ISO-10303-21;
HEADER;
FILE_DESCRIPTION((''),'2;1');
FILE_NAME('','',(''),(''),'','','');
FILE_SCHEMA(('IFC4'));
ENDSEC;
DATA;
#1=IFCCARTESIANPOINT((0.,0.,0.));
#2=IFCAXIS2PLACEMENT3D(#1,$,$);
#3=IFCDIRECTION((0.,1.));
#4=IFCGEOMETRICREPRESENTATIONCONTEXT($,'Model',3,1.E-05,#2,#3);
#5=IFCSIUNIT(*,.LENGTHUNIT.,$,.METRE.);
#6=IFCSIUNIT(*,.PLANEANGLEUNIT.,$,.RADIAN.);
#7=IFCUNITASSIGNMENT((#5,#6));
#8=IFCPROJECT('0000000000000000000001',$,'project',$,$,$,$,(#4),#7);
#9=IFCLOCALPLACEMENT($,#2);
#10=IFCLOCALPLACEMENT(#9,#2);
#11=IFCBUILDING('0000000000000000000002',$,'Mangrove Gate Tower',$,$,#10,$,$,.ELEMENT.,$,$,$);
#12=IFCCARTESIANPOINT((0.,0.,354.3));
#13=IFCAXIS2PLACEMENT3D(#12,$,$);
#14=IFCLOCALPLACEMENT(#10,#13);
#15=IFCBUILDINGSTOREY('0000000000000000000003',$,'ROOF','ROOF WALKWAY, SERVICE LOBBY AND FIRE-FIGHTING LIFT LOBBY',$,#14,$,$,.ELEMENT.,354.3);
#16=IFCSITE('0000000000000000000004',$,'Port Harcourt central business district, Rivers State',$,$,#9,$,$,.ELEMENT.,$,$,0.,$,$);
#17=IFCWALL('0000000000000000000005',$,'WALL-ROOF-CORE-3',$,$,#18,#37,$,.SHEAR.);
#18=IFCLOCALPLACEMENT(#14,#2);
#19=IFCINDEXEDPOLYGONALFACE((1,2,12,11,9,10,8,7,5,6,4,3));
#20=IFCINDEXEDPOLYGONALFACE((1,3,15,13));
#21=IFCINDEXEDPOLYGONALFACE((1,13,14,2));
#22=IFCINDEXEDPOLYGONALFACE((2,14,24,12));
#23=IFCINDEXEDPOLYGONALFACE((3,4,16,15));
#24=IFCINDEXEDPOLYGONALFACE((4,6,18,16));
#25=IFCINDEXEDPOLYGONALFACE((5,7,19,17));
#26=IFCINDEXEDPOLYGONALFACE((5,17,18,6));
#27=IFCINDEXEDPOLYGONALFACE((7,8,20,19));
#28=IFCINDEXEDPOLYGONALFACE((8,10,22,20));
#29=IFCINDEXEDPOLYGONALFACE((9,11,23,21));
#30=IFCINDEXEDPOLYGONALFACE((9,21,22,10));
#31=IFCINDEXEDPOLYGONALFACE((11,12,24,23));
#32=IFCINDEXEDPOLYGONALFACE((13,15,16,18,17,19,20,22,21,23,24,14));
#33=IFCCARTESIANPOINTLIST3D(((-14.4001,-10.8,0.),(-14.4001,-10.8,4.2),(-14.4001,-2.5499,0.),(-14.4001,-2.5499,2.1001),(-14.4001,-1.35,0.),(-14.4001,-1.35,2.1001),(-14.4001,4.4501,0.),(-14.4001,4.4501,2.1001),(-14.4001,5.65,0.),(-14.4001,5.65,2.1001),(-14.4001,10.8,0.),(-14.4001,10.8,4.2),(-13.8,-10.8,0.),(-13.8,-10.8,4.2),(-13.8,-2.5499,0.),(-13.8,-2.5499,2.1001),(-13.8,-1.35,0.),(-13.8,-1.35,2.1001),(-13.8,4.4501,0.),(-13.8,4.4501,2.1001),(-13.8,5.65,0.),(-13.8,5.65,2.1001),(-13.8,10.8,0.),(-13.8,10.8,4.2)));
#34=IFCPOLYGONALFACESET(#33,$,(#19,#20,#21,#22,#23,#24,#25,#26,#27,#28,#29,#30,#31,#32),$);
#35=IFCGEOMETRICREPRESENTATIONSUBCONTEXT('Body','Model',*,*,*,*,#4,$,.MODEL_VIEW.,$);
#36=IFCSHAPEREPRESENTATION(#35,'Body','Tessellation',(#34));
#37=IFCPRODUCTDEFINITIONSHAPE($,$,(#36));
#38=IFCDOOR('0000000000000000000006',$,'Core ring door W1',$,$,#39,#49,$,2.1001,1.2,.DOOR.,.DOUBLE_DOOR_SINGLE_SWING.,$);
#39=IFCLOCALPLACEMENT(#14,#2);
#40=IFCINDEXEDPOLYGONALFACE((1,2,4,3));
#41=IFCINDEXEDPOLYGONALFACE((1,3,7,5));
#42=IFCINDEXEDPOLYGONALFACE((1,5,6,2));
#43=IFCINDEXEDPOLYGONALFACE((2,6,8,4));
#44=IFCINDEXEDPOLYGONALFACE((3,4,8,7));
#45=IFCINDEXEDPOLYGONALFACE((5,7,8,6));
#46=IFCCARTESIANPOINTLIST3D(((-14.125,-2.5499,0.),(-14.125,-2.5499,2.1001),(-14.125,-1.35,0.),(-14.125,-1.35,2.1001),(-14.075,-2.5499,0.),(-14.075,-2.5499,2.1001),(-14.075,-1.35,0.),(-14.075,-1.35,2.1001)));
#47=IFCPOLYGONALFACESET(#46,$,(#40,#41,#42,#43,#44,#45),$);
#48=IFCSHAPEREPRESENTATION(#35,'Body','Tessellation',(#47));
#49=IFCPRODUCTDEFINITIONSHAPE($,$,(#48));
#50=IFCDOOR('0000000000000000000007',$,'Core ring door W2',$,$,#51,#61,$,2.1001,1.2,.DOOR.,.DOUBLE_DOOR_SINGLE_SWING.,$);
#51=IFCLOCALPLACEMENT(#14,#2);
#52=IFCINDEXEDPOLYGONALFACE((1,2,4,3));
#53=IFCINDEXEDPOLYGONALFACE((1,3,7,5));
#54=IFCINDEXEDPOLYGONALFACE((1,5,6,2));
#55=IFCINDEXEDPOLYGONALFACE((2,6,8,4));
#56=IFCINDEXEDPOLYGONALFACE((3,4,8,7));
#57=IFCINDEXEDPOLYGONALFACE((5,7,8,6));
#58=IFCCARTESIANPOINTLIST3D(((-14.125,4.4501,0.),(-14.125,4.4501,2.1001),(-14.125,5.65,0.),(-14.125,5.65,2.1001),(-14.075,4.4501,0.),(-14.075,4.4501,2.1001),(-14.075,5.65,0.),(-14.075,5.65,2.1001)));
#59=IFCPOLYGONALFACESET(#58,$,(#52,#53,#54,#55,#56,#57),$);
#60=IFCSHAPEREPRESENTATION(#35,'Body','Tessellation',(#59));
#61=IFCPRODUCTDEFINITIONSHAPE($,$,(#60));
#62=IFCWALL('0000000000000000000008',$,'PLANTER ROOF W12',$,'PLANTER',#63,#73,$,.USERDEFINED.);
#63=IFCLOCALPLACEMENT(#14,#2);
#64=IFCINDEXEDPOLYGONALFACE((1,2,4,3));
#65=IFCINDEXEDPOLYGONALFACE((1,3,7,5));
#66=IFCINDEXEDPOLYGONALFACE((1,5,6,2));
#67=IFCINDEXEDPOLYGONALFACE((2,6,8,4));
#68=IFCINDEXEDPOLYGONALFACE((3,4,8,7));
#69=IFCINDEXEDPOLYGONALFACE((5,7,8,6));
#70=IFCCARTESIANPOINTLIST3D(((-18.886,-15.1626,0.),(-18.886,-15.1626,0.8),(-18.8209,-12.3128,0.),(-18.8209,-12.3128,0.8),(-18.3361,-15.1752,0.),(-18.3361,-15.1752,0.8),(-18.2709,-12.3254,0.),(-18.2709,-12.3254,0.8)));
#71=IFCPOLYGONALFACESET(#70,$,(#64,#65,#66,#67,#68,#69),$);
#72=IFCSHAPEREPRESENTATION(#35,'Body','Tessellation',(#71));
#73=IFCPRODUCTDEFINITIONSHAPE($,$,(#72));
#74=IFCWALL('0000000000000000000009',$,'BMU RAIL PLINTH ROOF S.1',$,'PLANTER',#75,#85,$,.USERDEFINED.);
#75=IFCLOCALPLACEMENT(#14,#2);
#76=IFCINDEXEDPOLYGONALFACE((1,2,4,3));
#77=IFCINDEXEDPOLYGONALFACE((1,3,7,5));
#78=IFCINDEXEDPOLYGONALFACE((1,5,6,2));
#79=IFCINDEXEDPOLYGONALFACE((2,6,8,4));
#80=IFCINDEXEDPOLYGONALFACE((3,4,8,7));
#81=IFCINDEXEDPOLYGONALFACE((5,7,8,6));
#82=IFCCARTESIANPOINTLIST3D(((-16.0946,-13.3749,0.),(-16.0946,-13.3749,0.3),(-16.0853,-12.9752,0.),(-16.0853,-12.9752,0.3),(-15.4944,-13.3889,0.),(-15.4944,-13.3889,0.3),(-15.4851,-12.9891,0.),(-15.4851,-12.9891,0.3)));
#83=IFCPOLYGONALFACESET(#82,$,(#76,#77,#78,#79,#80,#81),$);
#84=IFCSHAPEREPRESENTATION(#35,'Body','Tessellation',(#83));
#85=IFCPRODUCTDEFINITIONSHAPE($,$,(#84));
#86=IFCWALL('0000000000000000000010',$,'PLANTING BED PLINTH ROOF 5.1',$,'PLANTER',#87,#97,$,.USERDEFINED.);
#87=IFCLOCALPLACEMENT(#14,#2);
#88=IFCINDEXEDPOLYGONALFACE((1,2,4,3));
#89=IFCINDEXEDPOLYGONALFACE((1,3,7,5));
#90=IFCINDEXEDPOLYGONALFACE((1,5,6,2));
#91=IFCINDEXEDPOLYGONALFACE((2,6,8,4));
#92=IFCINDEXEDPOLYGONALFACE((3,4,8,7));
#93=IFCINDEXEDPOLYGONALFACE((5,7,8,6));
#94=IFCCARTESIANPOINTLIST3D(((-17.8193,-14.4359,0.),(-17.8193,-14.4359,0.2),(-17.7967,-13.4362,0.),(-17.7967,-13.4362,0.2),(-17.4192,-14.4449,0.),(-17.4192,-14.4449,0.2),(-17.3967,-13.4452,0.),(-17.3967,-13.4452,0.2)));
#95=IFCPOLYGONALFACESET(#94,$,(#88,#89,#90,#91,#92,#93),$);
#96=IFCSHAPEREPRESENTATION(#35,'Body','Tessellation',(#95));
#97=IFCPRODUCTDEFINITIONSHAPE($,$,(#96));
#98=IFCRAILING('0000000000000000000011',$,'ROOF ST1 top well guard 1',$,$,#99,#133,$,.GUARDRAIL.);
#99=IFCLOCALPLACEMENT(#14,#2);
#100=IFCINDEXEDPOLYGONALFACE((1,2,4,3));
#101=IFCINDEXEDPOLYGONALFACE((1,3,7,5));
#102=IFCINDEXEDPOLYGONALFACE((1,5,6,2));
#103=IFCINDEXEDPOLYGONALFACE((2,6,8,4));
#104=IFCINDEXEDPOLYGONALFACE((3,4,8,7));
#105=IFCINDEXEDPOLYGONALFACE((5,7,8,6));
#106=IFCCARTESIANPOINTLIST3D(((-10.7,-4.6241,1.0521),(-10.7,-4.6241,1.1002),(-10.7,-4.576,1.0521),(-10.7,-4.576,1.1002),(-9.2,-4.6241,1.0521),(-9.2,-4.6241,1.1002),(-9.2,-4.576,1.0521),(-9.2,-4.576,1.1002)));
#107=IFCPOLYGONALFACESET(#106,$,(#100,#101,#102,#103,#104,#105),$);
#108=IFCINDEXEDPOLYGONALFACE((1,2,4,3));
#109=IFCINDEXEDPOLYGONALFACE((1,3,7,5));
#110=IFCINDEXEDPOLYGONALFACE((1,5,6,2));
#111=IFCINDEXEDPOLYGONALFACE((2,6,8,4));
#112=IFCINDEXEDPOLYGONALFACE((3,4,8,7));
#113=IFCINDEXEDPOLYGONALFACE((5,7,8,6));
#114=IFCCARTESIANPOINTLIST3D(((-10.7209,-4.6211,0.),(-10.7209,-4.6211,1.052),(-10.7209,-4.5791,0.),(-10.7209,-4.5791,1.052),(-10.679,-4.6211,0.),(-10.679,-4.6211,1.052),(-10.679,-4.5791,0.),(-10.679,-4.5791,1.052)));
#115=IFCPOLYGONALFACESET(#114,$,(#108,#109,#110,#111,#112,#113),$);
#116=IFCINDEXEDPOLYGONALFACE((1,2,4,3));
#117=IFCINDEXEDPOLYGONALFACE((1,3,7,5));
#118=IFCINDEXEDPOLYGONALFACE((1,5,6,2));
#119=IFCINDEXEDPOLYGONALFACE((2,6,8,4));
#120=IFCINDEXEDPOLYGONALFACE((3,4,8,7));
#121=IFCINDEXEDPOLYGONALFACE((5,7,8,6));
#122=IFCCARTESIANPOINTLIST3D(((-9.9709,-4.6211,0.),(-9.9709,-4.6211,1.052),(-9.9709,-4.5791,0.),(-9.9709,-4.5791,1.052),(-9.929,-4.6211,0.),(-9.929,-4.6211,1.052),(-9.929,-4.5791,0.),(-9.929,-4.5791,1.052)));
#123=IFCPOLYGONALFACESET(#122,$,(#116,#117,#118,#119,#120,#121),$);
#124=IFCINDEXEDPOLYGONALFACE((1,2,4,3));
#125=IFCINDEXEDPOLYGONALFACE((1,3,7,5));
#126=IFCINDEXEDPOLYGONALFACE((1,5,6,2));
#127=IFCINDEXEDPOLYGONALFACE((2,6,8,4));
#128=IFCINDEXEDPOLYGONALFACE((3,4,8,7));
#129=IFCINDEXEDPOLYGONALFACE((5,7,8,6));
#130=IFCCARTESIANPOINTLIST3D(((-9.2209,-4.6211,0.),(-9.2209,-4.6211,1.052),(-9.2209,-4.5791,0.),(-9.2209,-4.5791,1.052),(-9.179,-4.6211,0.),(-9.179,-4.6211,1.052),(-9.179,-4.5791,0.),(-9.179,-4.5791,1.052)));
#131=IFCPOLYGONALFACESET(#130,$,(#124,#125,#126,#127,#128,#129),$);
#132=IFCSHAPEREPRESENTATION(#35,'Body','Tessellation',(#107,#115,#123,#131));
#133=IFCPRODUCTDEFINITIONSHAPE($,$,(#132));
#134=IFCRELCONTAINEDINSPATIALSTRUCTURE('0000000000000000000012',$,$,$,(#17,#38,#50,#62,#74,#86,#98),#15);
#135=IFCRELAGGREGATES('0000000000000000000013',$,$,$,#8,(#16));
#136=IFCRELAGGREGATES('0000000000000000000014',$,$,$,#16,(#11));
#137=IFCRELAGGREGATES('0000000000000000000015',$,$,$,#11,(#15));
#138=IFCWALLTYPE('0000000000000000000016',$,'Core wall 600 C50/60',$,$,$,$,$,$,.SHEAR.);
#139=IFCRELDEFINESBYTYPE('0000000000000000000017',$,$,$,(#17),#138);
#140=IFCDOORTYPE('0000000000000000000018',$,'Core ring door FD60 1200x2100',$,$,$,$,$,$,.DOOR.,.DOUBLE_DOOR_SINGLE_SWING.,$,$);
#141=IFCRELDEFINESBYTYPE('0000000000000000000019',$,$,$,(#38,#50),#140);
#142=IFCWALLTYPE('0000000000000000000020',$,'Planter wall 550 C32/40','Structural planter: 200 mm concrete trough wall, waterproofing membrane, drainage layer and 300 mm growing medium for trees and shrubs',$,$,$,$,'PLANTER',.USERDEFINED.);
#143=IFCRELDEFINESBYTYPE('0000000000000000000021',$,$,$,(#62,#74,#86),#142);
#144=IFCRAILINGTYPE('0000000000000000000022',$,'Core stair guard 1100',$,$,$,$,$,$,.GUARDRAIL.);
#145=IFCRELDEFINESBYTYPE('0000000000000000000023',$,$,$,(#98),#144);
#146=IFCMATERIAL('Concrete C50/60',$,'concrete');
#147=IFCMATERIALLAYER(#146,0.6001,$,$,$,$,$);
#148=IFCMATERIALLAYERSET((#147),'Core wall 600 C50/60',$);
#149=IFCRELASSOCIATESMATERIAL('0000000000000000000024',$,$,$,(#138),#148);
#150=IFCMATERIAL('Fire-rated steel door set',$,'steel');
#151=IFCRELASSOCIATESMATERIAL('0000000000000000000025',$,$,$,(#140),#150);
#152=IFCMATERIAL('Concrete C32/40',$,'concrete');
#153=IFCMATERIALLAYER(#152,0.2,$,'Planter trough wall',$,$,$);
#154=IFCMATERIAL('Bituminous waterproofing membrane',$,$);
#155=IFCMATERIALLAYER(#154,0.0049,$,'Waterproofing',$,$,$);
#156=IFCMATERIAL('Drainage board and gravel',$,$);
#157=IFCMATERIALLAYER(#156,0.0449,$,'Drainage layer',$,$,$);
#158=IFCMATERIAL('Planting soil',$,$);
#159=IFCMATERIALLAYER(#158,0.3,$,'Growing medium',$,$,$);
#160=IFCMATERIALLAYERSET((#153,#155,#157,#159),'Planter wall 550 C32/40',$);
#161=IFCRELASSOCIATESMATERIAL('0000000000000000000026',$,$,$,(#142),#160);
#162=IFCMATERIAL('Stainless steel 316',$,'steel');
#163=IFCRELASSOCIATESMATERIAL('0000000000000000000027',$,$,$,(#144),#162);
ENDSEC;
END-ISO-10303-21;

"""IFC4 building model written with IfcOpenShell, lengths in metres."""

from ifc_helpers import new_model, si_unit, direction, frame, frame_2d, origin, origin_2d, place, context, subcontext, project, spatial, rectangle, extrude, material, layer, layer_set, type_object, element, fill, save


model = new_model("IFC4")

# Units and contexts
model_context = context("Model", 3, precision=1e-05, world=origin(), true_north=direction((0.0, 1.0)))
body_context = subcontext(model_context, "Body", "Model", "MODEL_VIEW")
ifc_project = project(units=[si_unit("LENGTHUNIT", "METRE"), si_unit("PLANEANGLEUNIT", "RADIAN")], contexts=[model_context])

# Site, building, storey
site_placement = place(None, origin())
site = spatial("IfcSite", under=ifc_project, at=site_placement, Name="Port Harcourt central business district, Rivers State", CompositionType="ELEMENT", RefElevation=0.0)
building_placement = place(site_placement, origin())
building = spatial("IfcBuilding", under=site, at=building_placement, Name="Mangrove Gate Tower", CompositionType="ELEMENT")
storey_placement = place(building_placement, frame((0.0, 0.0, 354.3)))
storey = spatial("IfcBuildingStorey", under=building, at=storey_placement, Name="ROOF", Description="ROOF WALKWAY, SERVICE LOBBY AND FIRE-FIGHTING LIFT LOBBY", CompositionType="ELEMENT", Elevation=354.3)

# Shared definitions
ifc_material_1 = material(Name="Concrete C50/60", Category="concrete")
ifc_layer_1 = layer(ifc_material_1, 0.6001)
ifc_layer_set_1 = layer_set([ifc_layer_1], Name="Core wall 600 C50/60")
wall_type_1 = type_object("IfcWallType", Name="Core wall 600 C50/60", PredefinedType="SHEAR", material=ifc_layer_set_1)

# Wall, openings, doors
wall_1_placement = place(storey_placement, frame((-14.1001, -10.8, 0.0), z_axis=(0.0, 0.0, 1.0), x_axis=(0.0, 1.0, 0.0)))
wall_1 = element("IfcWall", 1, at=wall_1_placement, inside=storey, type_object=wall_type_1, Name="WALL-ROOF-CORE-3", PredefinedType="SHEAR", context=body_context, shape_type="SweptSolid", body=[
    extrude(rectangle(XDim=21.6001, YDim=0.6001, at=frame_2d((10.8, 0.0))), origin(), (0.0, 0.0, 1.0), 4.2),
])
opening_1_placement = place(wall_1_placement, frame((8.25, 0.0, 0.0)))
opening_1 = element("IfcOpeningElement", 2, at=opening_1_placement, cuts=wall_1, PredefinedType="OPENING", context=body_context, shape_type="SweptSolid", body=[
    extrude(rectangle(XDim=1.2, YDim=2.1001, at=frame_2d((0.6001, 1.05))), frame((0.0, 0.3101, 0.0), z_axis=(0.0, -1.0, 0.0), x_axis=(1.0, 0.0, 0.0)), (0.0, 0.0, 1.0), 0.6201),
])
opening_2_placement = place(wall_1_placement, frame((15.25, 0.0, 0.0)))
opening_2 = element("IfcOpeningElement", 3, at=opening_2_placement, cuts=wall_1, PredefinedType="OPENING", context=body_context, shape_type="SweptSolid", body=[
    extrude(rectangle(XDim=1.2, YDim=2.1001, at=frame_2d((0.6001, 1.05))), frame((0.0, 0.3101, 0.0), z_axis=(0.0, -1.0, 0.0), x_axis=(1.0, 0.0, 0.0)), (0.0, 0.0, 1.0), 0.6201),
])
ifc_material_2 = material(Name="Fire-rated steel door set", Category="steel")
door_type_1 = type_object("IfcDoorType", Name="Core ring door FD60 1200x2100", OperationType="DOUBLE_DOOR_SINGLE_SWING", PredefinedType="DOOR", material=ifc_material_2)
door_1_placement = place(opening_1_placement, origin())
door_1 = element("IfcDoor", 4, at=door_1_placement, inside=storey, type_object=door_type_1, Name="Core ring door W1", OperationType="DOUBLE_DOOR_SINGLE_SWING", OverallHeight=2.1001, OverallWidth=1.2, PredefinedType="DOOR", context=body_context, shape_type="SweptSolid", body=[
    extrude(rectangle(XDim=1.2, YDim=2.1001, at=frame_2d((0.6001, 1.05))), frame((0.0, 0.0249, 0.0), z_axis=(0.0, -1.0, 0.0), x_axis=(1.0, 0.0, 0.0)), (0.0, 0.0, 1.0), 0.05),
])
fill(opening_1, door_1)
door_2_placement = place(opening_2_placement, origin())
door_2 = element("IfcDoor", 5, at=door_2_placement, inside=storey, type_object=door_type_1, Name="Core ring door W2", OperationType="DOUBLE_DOOR_SINGLE_SWING", OverallHeight=2.1001, OverallWidth=1.2, PredefinedType="DOOR", context=body_context, shape_type="SweptSolid", body=[
    extrude(rectangle(XDim=1.2, YDim=2.1001, at=frame_2d((0.6001, 1.05))), frame((0.0, 0.0249, 0.0), z_axis=(0.0, -1.0, 0.0), x_axis=(1.0, 0.0, 0.0)), (0.0, 0.0, 1.0), 0.05),
])
fill(opening_2, door_2)

# Walls
ifc_material_3 = material(Name="Concrete C32/40", Category="concrete")
ifc_layer_2 = layer(ifc_material_3, 0.2, Name="Planter trough wall")
ifc_material_4 = material(Name="Bituminous waterproofing membrane")
ifc_layer_3 = layer(ifc_material_4, 0.0049, Name="Waterproofing")
ifc_material_5 = material(Name="Drainage board and gravel")
ifc_layer_4 = layer(ifc_material_5, 0.0449, Name="Drainage layer")
ifc_material_6 = material(Name="Planting soil")
ifc_layer_5 = layer(ifc_material_6, 0.3, Name="Growing medium")
ifc_layer_set_2 = layer_set([ifc_layer_2, ifc_layer_3, ifc_layer_4, ifc_layer_5], Name="Planter wall 550 C32/40")
wall_type_2 = type_object("IfcWallType", Name="Planter wall 550 C32/40", Description="Structural planter: 200 mm concrete trough wall, waterproofing membrane, drainage layer and 300 mm growing medium for trees and shrubs", ElementType="PLANTER", PredefinedType="USERDEFINED", material=ifc_layer_set_2)
wall_2_placement = place(storey_placement, frame((-18.5459, -12.3191, 0.0), z_axis=(0.0, 0.0, 1.0), x_axis=(-0.022867, -0.999739, 0.0)))
element("IfcWall", 6, at=wall_2_placement, inside=storey, type_object=wall_type_2, Name="PLANTER ROOF W12", ObjectType="PLANTER", PredefinedType="USERDEFINED", context=body_context, shape_type="SweptSolid", body=[
    extrude(rectangle(XDim=2.8506, YDim=0.55, at=frame_2d((1.4253, 0.0))), origin(), (0.0, 0.0, 1.0), 0.8),
])
wall_3_placement = place(storey_placement, frame((-16.0901, -13.175, 0.0), z_axis=(0.0, 0.0, 1.0), x_axis=(0.999731, -0.023183, 0.0)))
element("IfcWall", 7, at=wall_3_placement, inside=storey, type_object=wall_type_2, Name="BMU RAIL PLINTH ROOF S.1", ObjectType="PLANTER", PredefinedType="USERDEFINED", context=body_context, shape_type="SweptSolid", body=[
    extrude(rectangle(XDim=0.6003, YDim=0.3999, at=frame_2d((0.3003, 0.0))), origin(), (0.0, 0.0, 1.0), 0.3),
])
wall_4_placement = place(storey_placement, frame((-17.8081, -13.936, 0.0), z_axis=(0.0, 0.0, 1.0), x_axis=(0.999745, -0.022569, 0.0)))
element("IfcWall", 8, at=wall_4_placement, inside=storey, type_object=wall_type_2, Name="PLANTING BED PLINTH ROOF 5.1", ObjectType="PLANTER", PredefinedType="USERDEFINED", context=body_context, shape_type="SweptSolid", body=[
    extrude(rectangle(XDim=0.4001, YDim=1.0, at=frame_2d((0.2002, 0.0))), origin(), (0.0, 0.0, 1.0), 0.2),
])

# Railing
ifc_material_7 = material(Name="Stainless steel 316", Category="steel")
railing_type = type_object("IfcRailingType", Name="Core stair guard 1100", PredefinedType="GUARDRAIL", material=ifc_material_7)
railing_placement = place(storey_placement, frame((-10.7, -4.6001, 0.0)))
element("IfcRailing", 9, at=railing_placement, inside=storey, type_object=railing_type, Name="ROOF ST1 top well guard 1", PredefinedType="GUARDRAIL", context=body_context, shape_type="SweptSolid", body=[
    extrude(rectangle(XDim=0.0481, YDim=0.0481, at=origin_2d()), frame((0.0, 0.0, 1.0762), z_axis=(1.0, 0.0, 0.0), x_axis=(0.0, 1.0, 0.0)), (0.0, 0.0, 1.0), 1.5),
    extrude(rectangle(XDim=0.042, YDim=0.042, at=origin_2d()), origin(), (0.0, 0.0, 1.0), 1.052),
    extrude(rectangle(XDim=0.042, YDim=0.042, at=origin_2d()), frame((0.75, 0.0, 0.0)), (0.0, 0.0, 1.0), 1.052),
    extrude(rectangle(XDim=0.042, YDim=0.042, at=origin_2d()), frame((1.5, 0.0, 0.0)), (0.0, 0.0, 1.0), 1.052),
])

save(model, "model.ifc")
